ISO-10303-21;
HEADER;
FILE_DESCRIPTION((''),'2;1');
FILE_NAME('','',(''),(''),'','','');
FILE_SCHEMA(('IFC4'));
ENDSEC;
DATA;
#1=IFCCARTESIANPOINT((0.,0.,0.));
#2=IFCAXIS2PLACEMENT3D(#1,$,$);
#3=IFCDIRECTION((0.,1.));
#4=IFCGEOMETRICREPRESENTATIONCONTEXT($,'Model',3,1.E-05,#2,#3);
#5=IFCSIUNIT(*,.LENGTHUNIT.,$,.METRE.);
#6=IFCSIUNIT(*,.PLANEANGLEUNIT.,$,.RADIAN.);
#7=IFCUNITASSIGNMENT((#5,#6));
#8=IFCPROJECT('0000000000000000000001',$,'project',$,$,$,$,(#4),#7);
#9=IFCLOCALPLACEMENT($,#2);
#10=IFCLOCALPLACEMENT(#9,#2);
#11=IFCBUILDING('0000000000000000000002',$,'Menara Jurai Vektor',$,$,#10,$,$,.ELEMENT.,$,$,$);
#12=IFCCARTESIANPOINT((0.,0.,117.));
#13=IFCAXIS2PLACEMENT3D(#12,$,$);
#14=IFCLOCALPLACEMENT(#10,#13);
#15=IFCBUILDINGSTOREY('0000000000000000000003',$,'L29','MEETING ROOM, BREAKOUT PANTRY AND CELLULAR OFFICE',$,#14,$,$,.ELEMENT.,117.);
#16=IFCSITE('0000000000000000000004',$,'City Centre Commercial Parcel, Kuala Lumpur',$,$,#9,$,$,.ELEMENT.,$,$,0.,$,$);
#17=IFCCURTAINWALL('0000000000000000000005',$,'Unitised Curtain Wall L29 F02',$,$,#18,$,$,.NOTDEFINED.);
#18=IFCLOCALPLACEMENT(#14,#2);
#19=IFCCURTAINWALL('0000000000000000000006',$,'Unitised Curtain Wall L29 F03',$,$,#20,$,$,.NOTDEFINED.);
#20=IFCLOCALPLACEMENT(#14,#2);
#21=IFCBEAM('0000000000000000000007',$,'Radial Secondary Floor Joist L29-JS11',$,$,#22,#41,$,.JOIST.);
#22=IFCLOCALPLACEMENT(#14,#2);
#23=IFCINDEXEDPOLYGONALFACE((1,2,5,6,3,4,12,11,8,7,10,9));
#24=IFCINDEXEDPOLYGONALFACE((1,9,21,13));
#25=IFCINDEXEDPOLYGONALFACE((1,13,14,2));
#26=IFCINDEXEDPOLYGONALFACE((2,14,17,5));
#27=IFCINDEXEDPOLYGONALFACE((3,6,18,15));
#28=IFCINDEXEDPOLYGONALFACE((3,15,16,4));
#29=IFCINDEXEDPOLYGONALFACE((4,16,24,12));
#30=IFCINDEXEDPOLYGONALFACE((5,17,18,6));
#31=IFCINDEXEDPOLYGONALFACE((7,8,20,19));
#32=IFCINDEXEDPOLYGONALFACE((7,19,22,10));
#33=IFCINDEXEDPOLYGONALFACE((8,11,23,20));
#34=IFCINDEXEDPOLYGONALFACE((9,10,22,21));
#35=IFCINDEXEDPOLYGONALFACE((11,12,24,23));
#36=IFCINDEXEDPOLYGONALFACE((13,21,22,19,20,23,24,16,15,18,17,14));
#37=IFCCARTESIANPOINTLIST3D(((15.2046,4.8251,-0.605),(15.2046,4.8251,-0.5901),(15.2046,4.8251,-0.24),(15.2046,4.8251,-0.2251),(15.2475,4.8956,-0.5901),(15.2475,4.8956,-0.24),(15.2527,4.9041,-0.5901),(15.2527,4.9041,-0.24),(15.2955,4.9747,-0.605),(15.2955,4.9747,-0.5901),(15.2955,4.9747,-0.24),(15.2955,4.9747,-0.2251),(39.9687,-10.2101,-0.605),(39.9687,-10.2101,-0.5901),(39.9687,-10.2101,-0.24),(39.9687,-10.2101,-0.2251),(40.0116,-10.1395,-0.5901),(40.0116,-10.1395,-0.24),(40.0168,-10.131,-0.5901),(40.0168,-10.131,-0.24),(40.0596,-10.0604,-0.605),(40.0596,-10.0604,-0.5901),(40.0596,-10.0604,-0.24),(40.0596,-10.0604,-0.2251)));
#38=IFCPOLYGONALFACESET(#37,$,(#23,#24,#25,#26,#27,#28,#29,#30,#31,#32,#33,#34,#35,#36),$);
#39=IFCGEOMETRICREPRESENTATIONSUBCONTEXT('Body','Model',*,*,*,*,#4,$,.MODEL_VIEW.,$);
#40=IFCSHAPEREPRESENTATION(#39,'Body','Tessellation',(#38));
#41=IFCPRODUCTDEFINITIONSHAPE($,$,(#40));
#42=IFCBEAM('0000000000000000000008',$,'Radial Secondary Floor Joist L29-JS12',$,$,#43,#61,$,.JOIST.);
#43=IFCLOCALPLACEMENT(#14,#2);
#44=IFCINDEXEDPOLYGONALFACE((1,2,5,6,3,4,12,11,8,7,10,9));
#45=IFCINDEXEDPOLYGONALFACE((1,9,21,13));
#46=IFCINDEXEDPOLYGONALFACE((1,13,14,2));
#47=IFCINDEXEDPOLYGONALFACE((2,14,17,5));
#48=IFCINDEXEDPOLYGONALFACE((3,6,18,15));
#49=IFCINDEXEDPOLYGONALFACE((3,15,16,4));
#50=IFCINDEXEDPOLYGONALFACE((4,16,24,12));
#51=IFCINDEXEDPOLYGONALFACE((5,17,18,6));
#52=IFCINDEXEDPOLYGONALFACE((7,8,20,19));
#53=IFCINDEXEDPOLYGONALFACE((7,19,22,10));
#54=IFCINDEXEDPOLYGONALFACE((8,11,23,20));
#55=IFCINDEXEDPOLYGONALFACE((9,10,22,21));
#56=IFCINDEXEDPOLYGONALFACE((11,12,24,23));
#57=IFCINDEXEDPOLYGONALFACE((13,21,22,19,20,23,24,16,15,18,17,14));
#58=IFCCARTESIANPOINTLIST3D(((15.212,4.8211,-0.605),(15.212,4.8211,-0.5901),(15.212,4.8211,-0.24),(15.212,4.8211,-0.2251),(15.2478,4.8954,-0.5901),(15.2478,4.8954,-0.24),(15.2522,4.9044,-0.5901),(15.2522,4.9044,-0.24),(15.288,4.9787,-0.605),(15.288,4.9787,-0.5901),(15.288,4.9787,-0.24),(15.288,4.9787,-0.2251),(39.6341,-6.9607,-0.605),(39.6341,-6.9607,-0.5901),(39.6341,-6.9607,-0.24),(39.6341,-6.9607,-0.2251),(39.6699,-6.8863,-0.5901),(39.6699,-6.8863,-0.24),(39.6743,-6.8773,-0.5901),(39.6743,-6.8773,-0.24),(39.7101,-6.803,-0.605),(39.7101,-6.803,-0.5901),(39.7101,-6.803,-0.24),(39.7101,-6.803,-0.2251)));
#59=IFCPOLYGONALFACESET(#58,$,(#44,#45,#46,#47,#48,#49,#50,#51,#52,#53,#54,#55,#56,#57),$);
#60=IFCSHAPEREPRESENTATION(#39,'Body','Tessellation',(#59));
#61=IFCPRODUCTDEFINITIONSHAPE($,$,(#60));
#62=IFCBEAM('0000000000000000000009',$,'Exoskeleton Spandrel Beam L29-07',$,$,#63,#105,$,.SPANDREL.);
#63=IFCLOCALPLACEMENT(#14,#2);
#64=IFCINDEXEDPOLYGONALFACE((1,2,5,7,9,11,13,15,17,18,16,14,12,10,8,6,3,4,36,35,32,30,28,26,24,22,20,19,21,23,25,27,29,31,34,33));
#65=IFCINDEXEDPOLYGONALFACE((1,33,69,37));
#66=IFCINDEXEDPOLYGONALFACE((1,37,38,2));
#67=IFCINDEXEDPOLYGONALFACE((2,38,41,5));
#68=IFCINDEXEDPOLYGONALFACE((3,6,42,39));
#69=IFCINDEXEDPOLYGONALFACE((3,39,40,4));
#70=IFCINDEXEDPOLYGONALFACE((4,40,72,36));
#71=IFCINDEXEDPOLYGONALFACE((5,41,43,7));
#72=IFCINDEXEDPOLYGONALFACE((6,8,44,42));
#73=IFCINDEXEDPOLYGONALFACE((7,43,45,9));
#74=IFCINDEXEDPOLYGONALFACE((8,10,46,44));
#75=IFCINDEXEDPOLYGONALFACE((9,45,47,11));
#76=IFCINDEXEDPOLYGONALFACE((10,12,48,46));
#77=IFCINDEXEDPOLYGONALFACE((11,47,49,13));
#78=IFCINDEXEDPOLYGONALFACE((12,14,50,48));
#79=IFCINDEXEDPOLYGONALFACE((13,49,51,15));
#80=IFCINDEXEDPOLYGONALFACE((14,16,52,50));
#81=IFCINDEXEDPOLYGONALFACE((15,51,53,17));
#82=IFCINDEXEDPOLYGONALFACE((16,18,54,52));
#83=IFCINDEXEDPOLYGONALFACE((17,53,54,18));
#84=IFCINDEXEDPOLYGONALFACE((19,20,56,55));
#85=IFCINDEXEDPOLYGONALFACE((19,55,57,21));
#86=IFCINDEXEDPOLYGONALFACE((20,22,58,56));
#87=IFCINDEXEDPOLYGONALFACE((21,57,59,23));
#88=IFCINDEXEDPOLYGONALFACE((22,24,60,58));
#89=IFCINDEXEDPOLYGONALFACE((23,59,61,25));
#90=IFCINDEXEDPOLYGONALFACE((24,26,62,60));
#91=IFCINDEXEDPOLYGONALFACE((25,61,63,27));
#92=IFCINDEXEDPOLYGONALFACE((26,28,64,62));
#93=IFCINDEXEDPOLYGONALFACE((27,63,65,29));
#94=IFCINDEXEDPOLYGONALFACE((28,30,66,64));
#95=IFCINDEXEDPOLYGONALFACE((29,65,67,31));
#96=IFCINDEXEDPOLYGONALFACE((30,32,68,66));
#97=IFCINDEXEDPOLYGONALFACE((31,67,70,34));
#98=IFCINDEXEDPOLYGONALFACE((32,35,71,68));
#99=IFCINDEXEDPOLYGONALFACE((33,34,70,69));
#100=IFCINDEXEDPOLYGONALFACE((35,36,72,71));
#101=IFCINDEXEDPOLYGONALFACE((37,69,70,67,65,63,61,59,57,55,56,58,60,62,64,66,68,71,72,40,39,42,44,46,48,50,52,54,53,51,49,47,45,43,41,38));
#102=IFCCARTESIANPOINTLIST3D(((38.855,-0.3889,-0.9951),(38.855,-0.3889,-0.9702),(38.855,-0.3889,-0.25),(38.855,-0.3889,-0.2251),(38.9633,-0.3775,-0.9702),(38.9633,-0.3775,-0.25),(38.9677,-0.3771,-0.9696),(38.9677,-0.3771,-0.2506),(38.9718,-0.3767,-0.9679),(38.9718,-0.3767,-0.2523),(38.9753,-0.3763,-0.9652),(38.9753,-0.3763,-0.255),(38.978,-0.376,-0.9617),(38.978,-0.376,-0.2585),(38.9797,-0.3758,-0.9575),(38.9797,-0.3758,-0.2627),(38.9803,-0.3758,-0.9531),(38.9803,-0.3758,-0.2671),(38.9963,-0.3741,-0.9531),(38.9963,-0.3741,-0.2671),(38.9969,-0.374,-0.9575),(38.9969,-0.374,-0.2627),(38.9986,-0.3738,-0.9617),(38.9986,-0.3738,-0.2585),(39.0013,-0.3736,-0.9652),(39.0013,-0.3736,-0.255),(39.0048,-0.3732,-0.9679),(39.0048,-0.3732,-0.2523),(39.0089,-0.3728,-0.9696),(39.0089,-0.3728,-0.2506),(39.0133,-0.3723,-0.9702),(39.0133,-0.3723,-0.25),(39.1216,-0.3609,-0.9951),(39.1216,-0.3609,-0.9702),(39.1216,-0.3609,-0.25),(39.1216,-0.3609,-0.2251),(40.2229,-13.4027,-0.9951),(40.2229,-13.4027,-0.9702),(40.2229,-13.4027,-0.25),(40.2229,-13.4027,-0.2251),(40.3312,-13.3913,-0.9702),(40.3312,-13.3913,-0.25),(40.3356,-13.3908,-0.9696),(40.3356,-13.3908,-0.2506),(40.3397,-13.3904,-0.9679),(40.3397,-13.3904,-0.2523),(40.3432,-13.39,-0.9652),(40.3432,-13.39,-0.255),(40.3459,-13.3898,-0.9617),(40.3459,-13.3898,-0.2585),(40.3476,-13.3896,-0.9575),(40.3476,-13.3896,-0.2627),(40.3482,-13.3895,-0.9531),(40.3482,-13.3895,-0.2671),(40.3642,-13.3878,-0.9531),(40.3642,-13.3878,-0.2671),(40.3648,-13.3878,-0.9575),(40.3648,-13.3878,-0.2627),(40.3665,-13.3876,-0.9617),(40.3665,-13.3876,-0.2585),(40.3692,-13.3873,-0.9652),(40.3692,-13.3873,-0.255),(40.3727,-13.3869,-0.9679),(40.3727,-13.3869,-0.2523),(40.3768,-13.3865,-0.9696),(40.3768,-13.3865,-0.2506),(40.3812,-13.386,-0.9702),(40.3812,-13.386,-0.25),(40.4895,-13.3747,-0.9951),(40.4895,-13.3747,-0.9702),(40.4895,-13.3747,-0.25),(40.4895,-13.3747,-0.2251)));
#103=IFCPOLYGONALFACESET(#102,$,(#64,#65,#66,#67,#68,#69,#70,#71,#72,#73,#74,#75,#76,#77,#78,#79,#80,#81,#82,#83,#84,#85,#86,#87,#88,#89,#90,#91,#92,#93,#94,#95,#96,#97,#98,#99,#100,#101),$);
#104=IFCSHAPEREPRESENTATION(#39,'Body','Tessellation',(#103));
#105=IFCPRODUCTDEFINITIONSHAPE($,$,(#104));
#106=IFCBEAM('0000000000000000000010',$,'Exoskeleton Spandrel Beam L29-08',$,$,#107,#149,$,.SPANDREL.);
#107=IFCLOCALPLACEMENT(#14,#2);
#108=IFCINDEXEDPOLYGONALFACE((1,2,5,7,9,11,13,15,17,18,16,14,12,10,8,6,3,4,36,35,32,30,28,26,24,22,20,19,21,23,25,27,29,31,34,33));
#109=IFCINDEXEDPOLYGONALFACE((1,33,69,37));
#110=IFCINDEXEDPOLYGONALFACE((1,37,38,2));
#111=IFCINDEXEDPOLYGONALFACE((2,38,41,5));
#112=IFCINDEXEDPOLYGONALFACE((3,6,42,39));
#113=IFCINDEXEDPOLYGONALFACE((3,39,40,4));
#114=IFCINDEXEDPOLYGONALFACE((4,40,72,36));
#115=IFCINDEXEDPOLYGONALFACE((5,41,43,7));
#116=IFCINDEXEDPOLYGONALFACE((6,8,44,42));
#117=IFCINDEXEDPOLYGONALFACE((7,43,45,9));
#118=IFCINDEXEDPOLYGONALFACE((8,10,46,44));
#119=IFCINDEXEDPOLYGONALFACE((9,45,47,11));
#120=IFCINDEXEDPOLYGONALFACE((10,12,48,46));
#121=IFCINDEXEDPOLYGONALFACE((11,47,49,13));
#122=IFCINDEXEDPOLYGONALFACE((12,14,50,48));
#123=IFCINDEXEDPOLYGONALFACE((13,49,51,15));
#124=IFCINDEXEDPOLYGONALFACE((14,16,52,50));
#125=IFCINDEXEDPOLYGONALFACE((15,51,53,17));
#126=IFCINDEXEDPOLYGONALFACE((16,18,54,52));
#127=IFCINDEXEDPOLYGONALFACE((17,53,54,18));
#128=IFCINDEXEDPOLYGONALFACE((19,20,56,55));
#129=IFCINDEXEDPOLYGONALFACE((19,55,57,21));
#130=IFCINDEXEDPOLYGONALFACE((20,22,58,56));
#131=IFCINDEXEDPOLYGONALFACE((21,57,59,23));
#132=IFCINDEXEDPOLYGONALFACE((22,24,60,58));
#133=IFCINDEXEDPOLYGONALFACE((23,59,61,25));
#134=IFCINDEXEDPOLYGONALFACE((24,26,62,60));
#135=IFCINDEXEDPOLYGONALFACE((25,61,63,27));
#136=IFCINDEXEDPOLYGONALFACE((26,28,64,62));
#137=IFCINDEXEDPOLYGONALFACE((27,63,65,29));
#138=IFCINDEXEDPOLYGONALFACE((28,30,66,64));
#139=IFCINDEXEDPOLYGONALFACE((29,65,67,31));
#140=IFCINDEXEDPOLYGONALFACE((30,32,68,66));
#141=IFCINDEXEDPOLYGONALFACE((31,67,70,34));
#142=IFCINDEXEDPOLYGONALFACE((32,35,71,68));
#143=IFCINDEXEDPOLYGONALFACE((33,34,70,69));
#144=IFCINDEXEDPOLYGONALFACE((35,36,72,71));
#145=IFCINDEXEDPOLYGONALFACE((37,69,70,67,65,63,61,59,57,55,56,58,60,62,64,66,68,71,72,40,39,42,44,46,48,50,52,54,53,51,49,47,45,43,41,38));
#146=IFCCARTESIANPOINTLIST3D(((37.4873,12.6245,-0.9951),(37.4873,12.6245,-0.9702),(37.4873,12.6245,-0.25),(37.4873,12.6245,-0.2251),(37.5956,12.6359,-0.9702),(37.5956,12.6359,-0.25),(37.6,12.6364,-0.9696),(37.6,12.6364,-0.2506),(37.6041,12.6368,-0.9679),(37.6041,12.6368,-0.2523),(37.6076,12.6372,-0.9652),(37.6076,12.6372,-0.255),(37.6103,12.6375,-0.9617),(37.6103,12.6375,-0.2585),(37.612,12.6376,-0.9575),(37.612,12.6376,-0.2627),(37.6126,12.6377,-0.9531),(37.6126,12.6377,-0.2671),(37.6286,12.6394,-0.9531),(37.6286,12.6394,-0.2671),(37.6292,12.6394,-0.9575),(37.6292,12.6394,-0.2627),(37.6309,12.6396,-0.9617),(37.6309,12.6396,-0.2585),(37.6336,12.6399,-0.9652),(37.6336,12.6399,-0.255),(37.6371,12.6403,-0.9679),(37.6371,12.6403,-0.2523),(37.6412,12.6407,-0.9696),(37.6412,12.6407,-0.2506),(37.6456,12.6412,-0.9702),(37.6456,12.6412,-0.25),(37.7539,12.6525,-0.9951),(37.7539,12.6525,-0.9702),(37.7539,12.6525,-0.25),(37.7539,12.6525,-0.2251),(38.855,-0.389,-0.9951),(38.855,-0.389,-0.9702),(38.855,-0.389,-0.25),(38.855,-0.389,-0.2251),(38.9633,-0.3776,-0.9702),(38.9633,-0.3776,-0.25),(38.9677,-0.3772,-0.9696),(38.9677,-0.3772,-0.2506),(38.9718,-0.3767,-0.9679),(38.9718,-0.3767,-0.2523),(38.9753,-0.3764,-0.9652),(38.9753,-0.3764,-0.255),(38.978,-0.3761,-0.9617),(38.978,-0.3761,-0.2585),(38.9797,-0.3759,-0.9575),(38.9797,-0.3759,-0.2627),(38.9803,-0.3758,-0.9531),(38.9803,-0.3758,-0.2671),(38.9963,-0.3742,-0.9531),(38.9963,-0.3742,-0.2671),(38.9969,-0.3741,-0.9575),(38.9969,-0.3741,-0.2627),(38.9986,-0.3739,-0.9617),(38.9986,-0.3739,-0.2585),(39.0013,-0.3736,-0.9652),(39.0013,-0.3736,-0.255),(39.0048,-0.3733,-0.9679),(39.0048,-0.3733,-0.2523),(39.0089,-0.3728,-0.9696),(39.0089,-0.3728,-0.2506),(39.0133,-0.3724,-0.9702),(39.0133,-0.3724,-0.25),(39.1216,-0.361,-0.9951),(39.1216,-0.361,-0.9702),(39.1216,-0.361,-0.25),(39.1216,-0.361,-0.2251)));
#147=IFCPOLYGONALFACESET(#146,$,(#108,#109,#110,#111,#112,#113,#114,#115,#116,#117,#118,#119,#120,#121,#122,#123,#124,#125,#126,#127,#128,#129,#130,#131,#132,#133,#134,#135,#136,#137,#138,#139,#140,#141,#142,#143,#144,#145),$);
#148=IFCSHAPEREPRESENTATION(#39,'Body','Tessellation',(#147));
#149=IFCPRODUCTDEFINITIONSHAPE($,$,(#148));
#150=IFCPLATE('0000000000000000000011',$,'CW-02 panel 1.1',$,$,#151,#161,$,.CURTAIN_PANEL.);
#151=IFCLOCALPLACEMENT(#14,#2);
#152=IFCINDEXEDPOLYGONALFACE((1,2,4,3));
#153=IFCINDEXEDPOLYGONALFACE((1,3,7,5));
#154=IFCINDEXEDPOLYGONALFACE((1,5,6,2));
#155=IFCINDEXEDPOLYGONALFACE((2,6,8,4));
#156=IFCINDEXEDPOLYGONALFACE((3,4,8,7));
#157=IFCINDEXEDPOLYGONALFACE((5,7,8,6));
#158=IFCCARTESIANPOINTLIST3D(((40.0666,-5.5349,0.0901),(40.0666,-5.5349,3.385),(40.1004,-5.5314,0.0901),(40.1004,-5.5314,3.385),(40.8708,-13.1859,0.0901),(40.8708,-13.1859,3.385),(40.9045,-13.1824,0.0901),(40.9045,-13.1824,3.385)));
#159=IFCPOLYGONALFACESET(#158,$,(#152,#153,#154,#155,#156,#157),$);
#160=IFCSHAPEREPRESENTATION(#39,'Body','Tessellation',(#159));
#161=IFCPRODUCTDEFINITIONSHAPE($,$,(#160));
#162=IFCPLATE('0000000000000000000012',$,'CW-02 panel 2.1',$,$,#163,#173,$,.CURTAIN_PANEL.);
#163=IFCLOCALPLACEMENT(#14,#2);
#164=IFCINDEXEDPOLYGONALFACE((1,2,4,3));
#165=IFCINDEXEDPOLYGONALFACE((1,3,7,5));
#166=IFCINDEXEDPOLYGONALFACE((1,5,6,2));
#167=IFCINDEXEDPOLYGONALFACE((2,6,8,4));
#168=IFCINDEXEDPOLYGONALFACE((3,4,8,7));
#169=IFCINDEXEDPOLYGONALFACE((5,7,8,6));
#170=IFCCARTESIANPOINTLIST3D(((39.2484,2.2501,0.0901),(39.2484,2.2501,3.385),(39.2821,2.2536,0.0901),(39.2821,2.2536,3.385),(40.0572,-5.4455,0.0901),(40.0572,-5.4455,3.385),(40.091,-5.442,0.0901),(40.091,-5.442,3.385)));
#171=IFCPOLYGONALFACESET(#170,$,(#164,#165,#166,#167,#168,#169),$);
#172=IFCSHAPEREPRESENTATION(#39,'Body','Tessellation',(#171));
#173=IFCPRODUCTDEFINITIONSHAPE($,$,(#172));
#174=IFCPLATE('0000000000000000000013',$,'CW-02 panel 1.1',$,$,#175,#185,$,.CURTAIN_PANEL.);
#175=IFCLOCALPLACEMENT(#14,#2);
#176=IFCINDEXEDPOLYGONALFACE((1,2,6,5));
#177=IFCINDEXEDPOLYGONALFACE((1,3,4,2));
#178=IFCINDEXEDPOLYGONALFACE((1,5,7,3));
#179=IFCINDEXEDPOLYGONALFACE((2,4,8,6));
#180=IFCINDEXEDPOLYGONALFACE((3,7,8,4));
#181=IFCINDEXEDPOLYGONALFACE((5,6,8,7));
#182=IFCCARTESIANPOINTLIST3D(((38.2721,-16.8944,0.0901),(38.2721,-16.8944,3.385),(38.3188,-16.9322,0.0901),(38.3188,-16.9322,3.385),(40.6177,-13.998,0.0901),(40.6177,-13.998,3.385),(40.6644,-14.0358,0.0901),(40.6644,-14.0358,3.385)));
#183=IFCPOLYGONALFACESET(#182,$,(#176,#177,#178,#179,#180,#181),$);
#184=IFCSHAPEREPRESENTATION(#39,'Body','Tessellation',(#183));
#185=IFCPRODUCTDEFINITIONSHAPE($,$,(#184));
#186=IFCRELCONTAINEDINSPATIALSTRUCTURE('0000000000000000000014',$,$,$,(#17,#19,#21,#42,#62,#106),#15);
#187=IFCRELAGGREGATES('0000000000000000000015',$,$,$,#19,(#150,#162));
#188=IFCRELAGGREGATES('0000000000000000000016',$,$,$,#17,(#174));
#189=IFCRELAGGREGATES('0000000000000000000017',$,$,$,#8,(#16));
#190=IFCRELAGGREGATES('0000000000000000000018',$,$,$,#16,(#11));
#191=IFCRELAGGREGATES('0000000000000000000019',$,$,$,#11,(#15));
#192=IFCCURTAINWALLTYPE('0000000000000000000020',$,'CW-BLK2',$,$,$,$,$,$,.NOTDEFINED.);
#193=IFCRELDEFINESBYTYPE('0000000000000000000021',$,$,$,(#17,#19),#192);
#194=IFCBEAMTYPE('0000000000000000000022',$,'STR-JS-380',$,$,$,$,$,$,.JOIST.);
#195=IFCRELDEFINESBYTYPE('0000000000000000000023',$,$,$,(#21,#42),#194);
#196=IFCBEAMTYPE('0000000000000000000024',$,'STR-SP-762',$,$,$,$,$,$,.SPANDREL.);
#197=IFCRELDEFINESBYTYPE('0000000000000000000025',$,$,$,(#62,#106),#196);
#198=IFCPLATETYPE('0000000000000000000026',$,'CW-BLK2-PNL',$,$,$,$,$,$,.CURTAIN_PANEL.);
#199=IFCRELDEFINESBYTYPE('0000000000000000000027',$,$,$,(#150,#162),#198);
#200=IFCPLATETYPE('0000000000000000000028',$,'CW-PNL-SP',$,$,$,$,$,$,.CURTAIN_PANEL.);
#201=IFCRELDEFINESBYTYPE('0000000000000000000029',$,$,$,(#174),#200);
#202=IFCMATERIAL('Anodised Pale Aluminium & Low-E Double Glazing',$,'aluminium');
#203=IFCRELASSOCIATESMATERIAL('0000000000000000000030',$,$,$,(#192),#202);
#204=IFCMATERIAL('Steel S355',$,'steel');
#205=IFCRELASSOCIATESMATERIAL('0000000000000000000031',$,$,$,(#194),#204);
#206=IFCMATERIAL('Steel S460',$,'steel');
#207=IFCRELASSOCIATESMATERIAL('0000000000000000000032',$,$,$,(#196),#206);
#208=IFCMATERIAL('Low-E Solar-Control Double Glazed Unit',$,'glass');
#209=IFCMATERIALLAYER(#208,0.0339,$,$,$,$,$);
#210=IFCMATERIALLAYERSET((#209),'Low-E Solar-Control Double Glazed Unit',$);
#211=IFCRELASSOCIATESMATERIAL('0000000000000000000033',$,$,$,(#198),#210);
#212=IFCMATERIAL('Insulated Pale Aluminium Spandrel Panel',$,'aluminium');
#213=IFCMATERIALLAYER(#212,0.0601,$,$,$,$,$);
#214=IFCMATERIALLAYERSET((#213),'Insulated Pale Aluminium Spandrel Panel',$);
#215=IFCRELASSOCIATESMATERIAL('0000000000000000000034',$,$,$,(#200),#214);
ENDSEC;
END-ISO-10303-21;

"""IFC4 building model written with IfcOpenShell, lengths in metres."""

from ifc_helpers import new_model, si_unit, direction, frame, origin, origin_2d, place, context, subcontext, project, spatial, rectangle, i_section, extrude, material, layer, layer_set, material_profile, profile_set, type_object, element, aggregate, save


model = new_model("IFC4")

# Units and contexts
model_context = context("Model", 3, precision=1e-05, world=origin(), true_north=direction((0.0, 1.0)))
body_context = subcontext(model_context, "Body", "Model", "MODEL_VIEW")
ifc_project = project(units=[si_unit("LENGTHUNIT", "METRE"), si_unit("PLANEANGLEUNIT", "RADIAN")], contexts=[model_context])

# Site, building, storey
site_placement = place(None, origin())
site = spatial("IfcSite", under=ifc_project, at=site_placement, Name="City Centre Commercial Parcel, Kuala Lumpur", CompositionType="ELEMENT", RefElevation=0.0)
building_placement = place(site_placement, origin())
building = spatial("IfcBuilding", under=site, at=building_placement, Name="Menara Jurai Vektor", CompositionType="ELEMENT")
storey_placement = place(building_placement, frame((0.0, 0.0, 117.0)))
storey = spatial("IfcBuildingStorey", under=building, at=storey_placement, Name="L29", Description="MEETING ROOM, BREAKOUT PANTRY AND CELLULAR OFFICE", CompositionType="ELEMENT", Elevation=117.0)

# Shared definitions
ifc_material_1 = material(Name="Steel S460", Category="steel")

# Curtain walls
ifc_material_2 = material(Name="Anodised Pale Aluminium & Low-E Double Glazing", Category="aluminium")
curtain_wall_type = type_object("IfcCurtainWallType", Name="CW-BLK2", PredefinedType="NOTDEFINED", material=ifc_material_2)
curtain_wall_1_placement = place(storey_placement, origin())
curtain_wall_1 = element("IfcCurtainWall", 1, at=curtain_wall_1_placement, inside=storey, type_object=curtain_wall_type, Name="Unitised Curtain Wall L29 F02", PredefinedType="NOTDEFINED")
curtain_wall_2_placement = place(storey_placement, origin())
curtain_wall_2 = element("IfcCurtainWall", 2, at=curtain_wall_2_placement, inside=storey, type_object=curtain_wall_type, Name="Unitised Curtain Wall L29 F03", PredefinedType="NOTDEFINED")

# Shared definitions
ifc_material_3 = material(Name="Steel S355", Category="steel")

# Beams
ifc_material_profile_1 = material_profile(ifc_material_3, i_section(OverallWidth=0.175, OverallDepth=0.3799, WebThickness=0.01, FlangeThickness=0.0149, at=origin_2d()), Name="PG 380x175x58")
ifc_profile_set_1 = profile_set([ifc_material_profile_1], Name="Steel S355")
beam_type_1 = type_object("IfcBeamType", Name="STR-JS-380", PredefinedType="JOIST", material=ifc_profile_set_1)
beam_1_placement = place(storey_placement, frame((40.0142, -10.1353, -0.415), z_axis=(-0.854791, 0.518972, 0.0), x_axis=(-0.518972, -0.854791, 0.0)))
element("IfcBeam", 3, at=beam_1_placement, inside=storey, type_object=beam_type_1, Name="Radial Secondary Floor Joist L29-JS11", PredefinedType="JOIST", context=body_context, shape_type="SweptSolid", body=[
    extrude(i_section(OverallWidth=0.175, OverallDepth=0.3799, WebThickness=0.01, FlangeThickness=0.0149, at=origin_2d()), origin(), (0.0, 0.0, 1.0), 28.9709),
])
beam_2_placement = place(storey_placement, frame((39.6721, -6.8818, -0.415), z_axis=(-0.900671, 0.434502, 0.0), x_axis=(-0.434502, -0.900671, 0.0)))
element("IfcBeam", 4, at=beam_2_placement, inside=storey, type_object=beam_type_1, Name="Radial Secondary Floor Joist L29-JS12", PredefinedType="JOIST", context=body_context, shape_type="SweptSolid", body=[
    extrude(i_section(OverallWidth=0.175, OverallDepth=0.3799, WebThickness=0.01, FlangeThickness=0.0149, at=origin_2d()), origin(), (0.0, 0.0, 1.0), 27.1155),
])
ifc_material_profile_2 = material_profile(ifc_material_1, i_section(OverallWidth=0.2681, OverallDepth=0.77, WebThickness=0.0161, FlangeThickness=0.0249, FilletRadius=0.0171, at=origin_2d()), Name="UKB 762x267x197")
ifc_profile_set_2 = profile_set([ifc_material_profile_2], Name="Steel S460")
beam_type_2 = type_object("IfcBeamType", Name="STR-SP-762", PredefinedType="SPANDREL", material=ifc_profile_set_2)
beam_3_placement = place(storey_placement, frame((40.3562, -13.3887, -0.6101), z_axis=(-0.104538, 0.994521, 0.0), x_axis=(-0.994521, -0.104538, 0.0)))
element("IfcBeam", 5, at=beam_3_placement, inside=storey, type_object=beam_type_2, Name="Exoskeleton Spandrel Beam L29-07", PredefinedType="SPANDREL", context=body_context, shape_type="SweptSolid", body=[
    extrude(i_section(OverallWidth=0.2681, OverallDepth=0.77, WebThickness=0.0161, FlangeThickness=0.0249, FilletRadius=0.0171, at=origin_2d()), origin(), (0.0, 0.0, 1.0), 13.0854),
])
beam_4_placement = place(storey_placement, frame((38.9883, -0.375, -0.6101), z_axis=(-0.104522, 0.994523, 0.0), x_axis=(-0.994523, -0.104522, 0.0)))
element("IfcBeam", 6, at=beam_4_placement, inside=storey, type_object=beam_type_2, Name="Exoskeleton Spandrel Beam L29-08", PredefinedType="SPANDREL", context=body_context, shape_type="SweptSolid", body=[
    extrude(i_section(OverallWidth=0.2681, OverallDepth=0.77, WebThickness=0.0161, FlangeThickness=0.0249, FilletRadius=0.0171, at=origin_2d()), origin(), (0.0, 0.0, 1.0), 13.0852),
])

# Plates
ifc_material_4 = material(Name="Low-E Solar-Control Double Glazed Unit", Category="glass")
ifc_layer_1 = layer(ifc_material_4, 0.0339)
ifc_layer_set_1 = layer_set([ifc_layer_1], Name="Low-E Solar-Control Double Glazed Unit")
plate_type_1 = type_object("IfcPlateType", Name="CW-BLK2-PNL", PredefinedType="CURTAIN_PANEL", material=ifc_layer_set_1)
plate_1_placement = place(storey_placement, frame((40.4856, -9.3586, 0.0901), z_axis=(0.0, 0.0, 1.0), x_axis=(-0.10453, 0.994522, 0.0)))
plate_1 = element("IfcPlate", 7, at=plate_1_placement, type_object=plate_type_1, Name="CW-02 panel 1.1", PredefinedType="CURTAIN_PANEL", context=body_context, shape_type="SweptSolid", body=[
    extrude(rectangle(XDim=7.6931, YDim=0.0339, at=origin_2d()), origin(), (0.0, 0.0, 1.0), 3.2949),
])
plate_2_placement = place(storey_placement, frame((39.6697, -1.5959, 0.0901), z_axis=(0.0, 0.0, 1.0), x_axis=(-0.10453, 0.994522, 0.0)))
plate_2 = element("IfcPlate", 8, at=plate_2_placement, type_object=plate_type_1, Name="CW-02 panel 2.1", PredefinedType="CURTAIN_PANEL", context=body_context, shape_type="SweptSolid", body=[
    extrude(rectangle(XDim=7.738, YDim=0.0339, at=origin_2d()), origin(), (0.0, 0.0, 1.0), 3.2949),
])
aggregate(curtain_wall_2, [plate_1, plate_2])
ifc_material_5 = material(Name="Insulated Pale Aluminium Spandrel Panel", Category="aluminium")
ifc_layer_2 = layer(ifc_material_5, 0.0601)
ifc_layer_set_2 = layer_set([ifc_layer_2], Name="Insulated Pale Aluminium Spandrel Panel")
plate_type_2 = type_object("IfcPlateType", Name="CW-PNL-SP", PredefinedType="CURTAIN_PANEL", material=ifc_layer_set_2)
plate_3_placement = place(storey_placement, frame((39.4683, -15.4651, 0.0901), z_axis=(0.0, 0.0, 1.0), x_axis=(0.629341, 0.777129, 0.0)))
plate_3 = element("IfcPlate", 9, at=plate_3_placement, type_object=plate_type_2, Name="CW-02 panel 1.1", PredefinedType="CURTAIN_PANEL", context=body_context, shape_type="SweptSolid", body=[
    extrude(rectangle(XDim=3.7271, YDim=0.0601, at=origin_2d()), origin(), (0.0, 0.0, 1.0), 3.2949),
])
aggregate(curtain_wall_1, [plate_3])

save(model, "model.ifc")
